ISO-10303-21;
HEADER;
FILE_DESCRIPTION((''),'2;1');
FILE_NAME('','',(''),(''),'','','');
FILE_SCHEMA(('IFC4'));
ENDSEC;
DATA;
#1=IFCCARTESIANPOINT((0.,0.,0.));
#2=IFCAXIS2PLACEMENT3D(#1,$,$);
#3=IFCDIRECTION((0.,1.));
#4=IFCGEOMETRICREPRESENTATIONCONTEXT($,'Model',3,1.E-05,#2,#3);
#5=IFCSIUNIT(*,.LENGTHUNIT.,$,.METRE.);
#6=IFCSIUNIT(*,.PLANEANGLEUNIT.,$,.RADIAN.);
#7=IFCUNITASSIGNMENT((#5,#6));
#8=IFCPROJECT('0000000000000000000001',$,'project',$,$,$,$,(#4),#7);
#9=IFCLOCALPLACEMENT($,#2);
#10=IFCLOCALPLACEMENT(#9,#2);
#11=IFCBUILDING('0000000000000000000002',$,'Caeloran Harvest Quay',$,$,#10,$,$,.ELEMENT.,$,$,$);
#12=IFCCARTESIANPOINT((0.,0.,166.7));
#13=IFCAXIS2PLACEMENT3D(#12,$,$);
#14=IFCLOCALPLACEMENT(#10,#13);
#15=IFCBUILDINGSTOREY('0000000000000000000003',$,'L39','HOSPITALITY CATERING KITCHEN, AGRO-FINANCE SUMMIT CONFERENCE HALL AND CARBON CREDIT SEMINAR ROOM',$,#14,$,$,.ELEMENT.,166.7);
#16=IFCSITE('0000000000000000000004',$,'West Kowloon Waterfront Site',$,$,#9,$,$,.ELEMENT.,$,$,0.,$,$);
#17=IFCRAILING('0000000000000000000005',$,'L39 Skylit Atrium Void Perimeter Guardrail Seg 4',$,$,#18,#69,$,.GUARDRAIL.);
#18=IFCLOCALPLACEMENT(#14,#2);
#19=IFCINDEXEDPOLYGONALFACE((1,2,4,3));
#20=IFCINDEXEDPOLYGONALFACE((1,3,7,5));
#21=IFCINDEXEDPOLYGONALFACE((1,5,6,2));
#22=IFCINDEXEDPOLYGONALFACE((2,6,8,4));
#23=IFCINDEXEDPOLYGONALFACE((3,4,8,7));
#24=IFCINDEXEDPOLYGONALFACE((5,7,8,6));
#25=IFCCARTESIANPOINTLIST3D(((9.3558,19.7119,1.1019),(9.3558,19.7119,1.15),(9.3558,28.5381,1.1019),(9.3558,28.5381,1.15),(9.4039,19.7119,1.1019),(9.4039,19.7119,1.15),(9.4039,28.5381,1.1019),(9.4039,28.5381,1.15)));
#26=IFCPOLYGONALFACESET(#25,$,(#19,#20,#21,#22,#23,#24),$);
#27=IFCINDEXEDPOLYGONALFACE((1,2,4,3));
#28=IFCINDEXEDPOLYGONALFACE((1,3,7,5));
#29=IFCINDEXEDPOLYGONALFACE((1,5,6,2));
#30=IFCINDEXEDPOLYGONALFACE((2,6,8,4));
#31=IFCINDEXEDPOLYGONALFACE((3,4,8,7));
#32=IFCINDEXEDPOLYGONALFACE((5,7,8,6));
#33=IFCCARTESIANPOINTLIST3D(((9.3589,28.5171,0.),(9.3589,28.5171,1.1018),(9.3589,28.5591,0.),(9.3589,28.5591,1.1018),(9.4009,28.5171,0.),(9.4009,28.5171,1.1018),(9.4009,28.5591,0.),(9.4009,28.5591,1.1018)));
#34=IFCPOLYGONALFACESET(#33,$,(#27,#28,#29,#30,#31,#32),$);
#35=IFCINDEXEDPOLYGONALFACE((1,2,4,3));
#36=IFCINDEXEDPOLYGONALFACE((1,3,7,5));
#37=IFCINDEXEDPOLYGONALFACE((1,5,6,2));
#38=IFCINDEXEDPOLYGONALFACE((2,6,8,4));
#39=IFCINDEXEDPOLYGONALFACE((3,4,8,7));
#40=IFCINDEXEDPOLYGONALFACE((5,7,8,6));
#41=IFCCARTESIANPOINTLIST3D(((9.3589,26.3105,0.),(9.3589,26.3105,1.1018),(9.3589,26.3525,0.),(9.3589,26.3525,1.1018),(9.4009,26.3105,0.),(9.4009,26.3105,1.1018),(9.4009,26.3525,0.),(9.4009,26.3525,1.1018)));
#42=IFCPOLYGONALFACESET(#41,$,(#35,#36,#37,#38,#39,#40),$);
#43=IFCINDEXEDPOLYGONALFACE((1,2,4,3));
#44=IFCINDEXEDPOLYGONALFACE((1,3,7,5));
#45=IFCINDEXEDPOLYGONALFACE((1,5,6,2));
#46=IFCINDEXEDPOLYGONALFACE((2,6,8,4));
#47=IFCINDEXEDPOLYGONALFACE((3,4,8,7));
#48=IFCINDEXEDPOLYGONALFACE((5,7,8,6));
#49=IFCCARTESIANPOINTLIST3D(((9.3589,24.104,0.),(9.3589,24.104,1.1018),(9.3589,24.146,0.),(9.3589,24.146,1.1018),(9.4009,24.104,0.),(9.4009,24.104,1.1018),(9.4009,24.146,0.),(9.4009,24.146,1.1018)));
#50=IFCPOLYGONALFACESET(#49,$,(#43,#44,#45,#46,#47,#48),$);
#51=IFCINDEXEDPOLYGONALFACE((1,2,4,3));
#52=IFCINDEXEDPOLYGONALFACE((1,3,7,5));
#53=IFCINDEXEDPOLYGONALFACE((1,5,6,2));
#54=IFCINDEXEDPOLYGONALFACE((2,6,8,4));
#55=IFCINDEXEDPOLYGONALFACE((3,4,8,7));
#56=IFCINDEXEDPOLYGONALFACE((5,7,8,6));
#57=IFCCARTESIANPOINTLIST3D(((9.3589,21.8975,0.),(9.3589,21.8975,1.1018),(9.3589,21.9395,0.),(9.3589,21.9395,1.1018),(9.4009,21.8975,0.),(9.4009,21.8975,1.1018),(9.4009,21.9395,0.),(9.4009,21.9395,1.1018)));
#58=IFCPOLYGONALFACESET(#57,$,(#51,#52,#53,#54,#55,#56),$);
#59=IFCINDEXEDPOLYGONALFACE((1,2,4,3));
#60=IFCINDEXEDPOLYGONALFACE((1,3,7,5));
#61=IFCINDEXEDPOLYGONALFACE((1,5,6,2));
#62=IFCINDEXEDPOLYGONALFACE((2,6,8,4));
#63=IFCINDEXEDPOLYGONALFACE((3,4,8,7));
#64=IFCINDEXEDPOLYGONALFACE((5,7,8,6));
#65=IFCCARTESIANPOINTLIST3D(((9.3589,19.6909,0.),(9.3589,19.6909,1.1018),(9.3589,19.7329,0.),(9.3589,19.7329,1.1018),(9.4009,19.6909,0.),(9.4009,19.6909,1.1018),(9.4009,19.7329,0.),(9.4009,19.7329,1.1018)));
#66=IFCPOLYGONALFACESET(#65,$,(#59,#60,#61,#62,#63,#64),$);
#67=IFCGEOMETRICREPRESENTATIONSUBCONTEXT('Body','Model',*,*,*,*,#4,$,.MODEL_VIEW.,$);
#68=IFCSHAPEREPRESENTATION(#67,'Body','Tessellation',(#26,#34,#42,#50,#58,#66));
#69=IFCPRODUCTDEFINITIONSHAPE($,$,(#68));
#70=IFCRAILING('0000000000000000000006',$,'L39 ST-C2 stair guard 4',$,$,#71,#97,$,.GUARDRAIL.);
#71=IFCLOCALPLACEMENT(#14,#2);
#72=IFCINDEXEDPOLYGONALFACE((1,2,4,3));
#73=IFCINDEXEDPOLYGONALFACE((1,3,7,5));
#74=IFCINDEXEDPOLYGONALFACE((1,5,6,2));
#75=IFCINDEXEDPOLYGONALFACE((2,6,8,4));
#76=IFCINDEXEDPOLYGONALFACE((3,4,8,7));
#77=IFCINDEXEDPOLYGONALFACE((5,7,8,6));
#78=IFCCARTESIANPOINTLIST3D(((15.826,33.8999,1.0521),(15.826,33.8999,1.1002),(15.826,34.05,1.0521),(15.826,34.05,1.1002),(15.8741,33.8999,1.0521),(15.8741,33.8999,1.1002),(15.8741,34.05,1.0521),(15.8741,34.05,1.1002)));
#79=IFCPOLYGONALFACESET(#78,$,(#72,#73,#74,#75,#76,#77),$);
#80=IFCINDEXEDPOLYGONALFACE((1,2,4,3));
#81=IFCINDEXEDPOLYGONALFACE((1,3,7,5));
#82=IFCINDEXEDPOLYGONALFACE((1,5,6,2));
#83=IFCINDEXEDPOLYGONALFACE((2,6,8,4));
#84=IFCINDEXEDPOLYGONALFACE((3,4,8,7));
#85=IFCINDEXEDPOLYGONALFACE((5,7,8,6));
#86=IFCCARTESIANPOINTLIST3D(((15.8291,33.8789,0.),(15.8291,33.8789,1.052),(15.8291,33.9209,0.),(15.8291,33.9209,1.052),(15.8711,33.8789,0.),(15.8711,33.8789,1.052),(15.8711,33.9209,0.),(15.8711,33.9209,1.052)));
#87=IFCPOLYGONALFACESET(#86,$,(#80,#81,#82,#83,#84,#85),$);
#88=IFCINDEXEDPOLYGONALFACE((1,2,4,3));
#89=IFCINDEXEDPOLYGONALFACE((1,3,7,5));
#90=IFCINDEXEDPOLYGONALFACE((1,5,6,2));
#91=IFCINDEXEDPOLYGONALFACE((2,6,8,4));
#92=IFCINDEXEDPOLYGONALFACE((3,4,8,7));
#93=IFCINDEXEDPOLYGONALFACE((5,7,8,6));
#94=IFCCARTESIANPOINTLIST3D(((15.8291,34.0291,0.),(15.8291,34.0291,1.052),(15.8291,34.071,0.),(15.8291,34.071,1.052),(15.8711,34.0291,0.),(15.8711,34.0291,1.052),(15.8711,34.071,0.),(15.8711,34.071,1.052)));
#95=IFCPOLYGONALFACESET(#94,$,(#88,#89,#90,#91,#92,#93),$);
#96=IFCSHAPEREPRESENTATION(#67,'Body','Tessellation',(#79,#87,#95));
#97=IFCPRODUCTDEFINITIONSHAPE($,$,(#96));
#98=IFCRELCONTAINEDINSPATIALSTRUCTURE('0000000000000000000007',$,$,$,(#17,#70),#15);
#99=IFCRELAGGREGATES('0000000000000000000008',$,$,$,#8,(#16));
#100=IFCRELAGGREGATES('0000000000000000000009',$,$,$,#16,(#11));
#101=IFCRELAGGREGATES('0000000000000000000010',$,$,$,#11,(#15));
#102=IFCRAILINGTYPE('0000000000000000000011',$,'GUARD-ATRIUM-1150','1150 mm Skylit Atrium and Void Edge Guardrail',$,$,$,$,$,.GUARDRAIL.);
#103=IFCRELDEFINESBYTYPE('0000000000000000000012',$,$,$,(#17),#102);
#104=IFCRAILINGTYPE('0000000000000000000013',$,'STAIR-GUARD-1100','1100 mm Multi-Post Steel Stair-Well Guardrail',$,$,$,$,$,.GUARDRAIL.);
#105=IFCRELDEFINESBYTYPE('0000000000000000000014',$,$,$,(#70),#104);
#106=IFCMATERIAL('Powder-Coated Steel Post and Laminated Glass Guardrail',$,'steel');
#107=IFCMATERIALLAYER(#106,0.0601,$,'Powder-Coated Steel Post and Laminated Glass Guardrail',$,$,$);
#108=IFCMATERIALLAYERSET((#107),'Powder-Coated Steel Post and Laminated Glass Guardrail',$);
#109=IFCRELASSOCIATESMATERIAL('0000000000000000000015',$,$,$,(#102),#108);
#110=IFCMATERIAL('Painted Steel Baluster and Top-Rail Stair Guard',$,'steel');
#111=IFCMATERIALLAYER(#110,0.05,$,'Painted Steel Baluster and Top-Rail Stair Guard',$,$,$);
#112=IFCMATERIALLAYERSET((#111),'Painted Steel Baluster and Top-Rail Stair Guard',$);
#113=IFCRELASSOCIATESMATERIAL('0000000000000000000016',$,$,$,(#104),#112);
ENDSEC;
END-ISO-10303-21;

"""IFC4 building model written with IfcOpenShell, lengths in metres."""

from ifc_helpers import new_model, si_unit, direction, frame, origin, origin_2d, place, context, subcontext, project, spatial, rectangle, extrude, material, layer, layer_set, type_object, element, save


model = new_model("IFC4")

# Units and contexts
model_context = context("Model", 3, precision=1e-05, world=origin(), true_north=direction((0.0, 1.0)))
body_context = subcontext(model_context, "Body", "Model", "MODEL_VIEW")
ifc_project = project(units=[si_unit("LENGTHUNIT", "METRE"), si_unit("PLANEANGLEUNIT", "RADIAN")], contexts=[model_context])

# Site, building, storey
site_placement = place(None, origin())
site = spatial("IfcSite", under=ifc_project, at=site_placement, Name="West Kowloon Waterfront Site", CompositionType="ELEMENT", RefElevation=0.0)
building_placement = place(site_placement, origin())
building = spatial("IfcBuilding", under=site, at=building_placement, Name="Caeloran Harvest Quay", CompositionType="ELEMENT")
storey_placement = place(building_placement, frame((0.0, 0.0, 166.7)))
storey = spatial("IfcBuildingStorey", under=building, at=storey_placement, Name="L39", Description="HOSPITALITY CATERING KITCHEN, AGRO-FINANCE SUMMIT CONFERENCE HALL AND CARBON CREDIT SEMINAR ROOM", CompositionType="ELEMENT", Elevation=166.7)

# Railings
ifc_material_1 = material(Name="Powder-Coated Steel Post and Laminated Glass Guardrail", Category="steel")
ifc_layer_1 = layer(ifc_material_1, 0.0601, Name="Powder-Coated Steel Post and Laminated Glass Guardrail")
ifc_layer_set_1 = layer_set([ifc_layer_1], Name="Powder-Coated Steel Post and Laminated Glass Guardrail")
railing_type_1 = type_object("IfcRailingType", Name="GUARD-ATRIUM-1150", Description="1150 mm Skylit Atrium and Void Edge Guardrail", PredefinedType="GUARDRAIL", material=ifc_layer_set_1)
railing_1_placement = place(storey_placement, frame((9.3799, 28.5381, 0.0)))
element("IfcRailing", 1, at=railing_1_placement, inside=storey, type_object=railing_type_1, Name="L39 Skylit Atrium Void Perimeter Guardrail Seg 4", PredefinedType="GUARDRAIL", context=body_context, shape_type="SweptSolid", body=[
    extrude(rectangle(XDim=0.0481, YDim=0.0481, at=origin_2d()), frame((0.0, 0.0, 1.126), z_axis=(0.0, -1.0, 0.0), x_axis=(1.0, 0.0, 0.0)), (0.0, 0.0, 1.0), 8.8262),
    extrude(rectangle(XDim=0.042, YDim=0.042, at=origin_2d()), origin(), (0.0, 0.0, 1.0), 1.1018),
    extrude(rectangle(XDim=0.042, YDim=0.042, at=origin_2d()), frame((0.0, -2.2065, 0.0)), (0.0, 0.0, 1.0), 1.1018),
    extrude(rectangle(XDim=0.042, YDim=0.042, at=origin_2d()), frame((0.0, -4.4131, 0.0)), (0.0, 0.0, 1.0), 1.1018),
    extrude(rectangle(XDim=0.042, YDim=0.042, at=origin_2d()), frame((0.0, -6.6196, 0.0)), (0.0, 0.0, 1.0), 1.1018),
    extrude(rectangle(XDim=0.042, YDim=0.042, at=origin_2d()), frame((0.0, -8.8262, 0.0)), (0.0, 0.0, 1.0), 1.1018),
])
ifc_material_2 = material(Name="Painted Steel Baluster and Top-Rail Stair Guard", Category="steel")
ifc_layer_2 = layer(ifc_material_2, 0.05, Name="Painted Steel Baluster and Top-Rail Stair Guard")
ifc_layer_set_2 = layer_set([ifc_layer_2], Name="Painted Steel Baluster and Top-Rail Stair Guard")
railing_type_2 = type_object("IfcRailingType", Name="STAIR-GUARD-1100", Description="1100 mm Multi-Post Steel Stair-Well Guardrail", PredefinedType="GUARDRAIL", material=ifc_layer_set_2)
railing_2_placement = place(storey_placement, frame((15.8501, 33.8999, 0.0)))
element("IfcRailing", 2, at=railing_2_placement, inside=storey, type_object=railing_type_2, Name="L39 ST-C2 stair guard 4", PredefinedType="GUARDRAIL", context=body_context, shape_type="SweptSolid", body=[
    extrude(rectangle(XDim=0.0481, YDim=0.0481, at=origin_2d()), frame((0.0, 0.0, 1.0762), z_axis=(0.0, 1.0, 0.0), x_axis=(-1.0, 0.0, 0.0)), (0.0, 0.0, 1.0), 0.1501),
    extrude(rectangle(XDim=0.042, YDim=0.042, at=origin_2d()), origin(), (0.0, 0.0, 1.0), 1.052),
    extrude(rectangle(XDim=0.042, YDim=0.042, at=origin_2d()), frame((0.0, 0.1501, 0.0)), (0.0, 0.0, 1.0), 1.052),
])

save(model, "model.ifc")
